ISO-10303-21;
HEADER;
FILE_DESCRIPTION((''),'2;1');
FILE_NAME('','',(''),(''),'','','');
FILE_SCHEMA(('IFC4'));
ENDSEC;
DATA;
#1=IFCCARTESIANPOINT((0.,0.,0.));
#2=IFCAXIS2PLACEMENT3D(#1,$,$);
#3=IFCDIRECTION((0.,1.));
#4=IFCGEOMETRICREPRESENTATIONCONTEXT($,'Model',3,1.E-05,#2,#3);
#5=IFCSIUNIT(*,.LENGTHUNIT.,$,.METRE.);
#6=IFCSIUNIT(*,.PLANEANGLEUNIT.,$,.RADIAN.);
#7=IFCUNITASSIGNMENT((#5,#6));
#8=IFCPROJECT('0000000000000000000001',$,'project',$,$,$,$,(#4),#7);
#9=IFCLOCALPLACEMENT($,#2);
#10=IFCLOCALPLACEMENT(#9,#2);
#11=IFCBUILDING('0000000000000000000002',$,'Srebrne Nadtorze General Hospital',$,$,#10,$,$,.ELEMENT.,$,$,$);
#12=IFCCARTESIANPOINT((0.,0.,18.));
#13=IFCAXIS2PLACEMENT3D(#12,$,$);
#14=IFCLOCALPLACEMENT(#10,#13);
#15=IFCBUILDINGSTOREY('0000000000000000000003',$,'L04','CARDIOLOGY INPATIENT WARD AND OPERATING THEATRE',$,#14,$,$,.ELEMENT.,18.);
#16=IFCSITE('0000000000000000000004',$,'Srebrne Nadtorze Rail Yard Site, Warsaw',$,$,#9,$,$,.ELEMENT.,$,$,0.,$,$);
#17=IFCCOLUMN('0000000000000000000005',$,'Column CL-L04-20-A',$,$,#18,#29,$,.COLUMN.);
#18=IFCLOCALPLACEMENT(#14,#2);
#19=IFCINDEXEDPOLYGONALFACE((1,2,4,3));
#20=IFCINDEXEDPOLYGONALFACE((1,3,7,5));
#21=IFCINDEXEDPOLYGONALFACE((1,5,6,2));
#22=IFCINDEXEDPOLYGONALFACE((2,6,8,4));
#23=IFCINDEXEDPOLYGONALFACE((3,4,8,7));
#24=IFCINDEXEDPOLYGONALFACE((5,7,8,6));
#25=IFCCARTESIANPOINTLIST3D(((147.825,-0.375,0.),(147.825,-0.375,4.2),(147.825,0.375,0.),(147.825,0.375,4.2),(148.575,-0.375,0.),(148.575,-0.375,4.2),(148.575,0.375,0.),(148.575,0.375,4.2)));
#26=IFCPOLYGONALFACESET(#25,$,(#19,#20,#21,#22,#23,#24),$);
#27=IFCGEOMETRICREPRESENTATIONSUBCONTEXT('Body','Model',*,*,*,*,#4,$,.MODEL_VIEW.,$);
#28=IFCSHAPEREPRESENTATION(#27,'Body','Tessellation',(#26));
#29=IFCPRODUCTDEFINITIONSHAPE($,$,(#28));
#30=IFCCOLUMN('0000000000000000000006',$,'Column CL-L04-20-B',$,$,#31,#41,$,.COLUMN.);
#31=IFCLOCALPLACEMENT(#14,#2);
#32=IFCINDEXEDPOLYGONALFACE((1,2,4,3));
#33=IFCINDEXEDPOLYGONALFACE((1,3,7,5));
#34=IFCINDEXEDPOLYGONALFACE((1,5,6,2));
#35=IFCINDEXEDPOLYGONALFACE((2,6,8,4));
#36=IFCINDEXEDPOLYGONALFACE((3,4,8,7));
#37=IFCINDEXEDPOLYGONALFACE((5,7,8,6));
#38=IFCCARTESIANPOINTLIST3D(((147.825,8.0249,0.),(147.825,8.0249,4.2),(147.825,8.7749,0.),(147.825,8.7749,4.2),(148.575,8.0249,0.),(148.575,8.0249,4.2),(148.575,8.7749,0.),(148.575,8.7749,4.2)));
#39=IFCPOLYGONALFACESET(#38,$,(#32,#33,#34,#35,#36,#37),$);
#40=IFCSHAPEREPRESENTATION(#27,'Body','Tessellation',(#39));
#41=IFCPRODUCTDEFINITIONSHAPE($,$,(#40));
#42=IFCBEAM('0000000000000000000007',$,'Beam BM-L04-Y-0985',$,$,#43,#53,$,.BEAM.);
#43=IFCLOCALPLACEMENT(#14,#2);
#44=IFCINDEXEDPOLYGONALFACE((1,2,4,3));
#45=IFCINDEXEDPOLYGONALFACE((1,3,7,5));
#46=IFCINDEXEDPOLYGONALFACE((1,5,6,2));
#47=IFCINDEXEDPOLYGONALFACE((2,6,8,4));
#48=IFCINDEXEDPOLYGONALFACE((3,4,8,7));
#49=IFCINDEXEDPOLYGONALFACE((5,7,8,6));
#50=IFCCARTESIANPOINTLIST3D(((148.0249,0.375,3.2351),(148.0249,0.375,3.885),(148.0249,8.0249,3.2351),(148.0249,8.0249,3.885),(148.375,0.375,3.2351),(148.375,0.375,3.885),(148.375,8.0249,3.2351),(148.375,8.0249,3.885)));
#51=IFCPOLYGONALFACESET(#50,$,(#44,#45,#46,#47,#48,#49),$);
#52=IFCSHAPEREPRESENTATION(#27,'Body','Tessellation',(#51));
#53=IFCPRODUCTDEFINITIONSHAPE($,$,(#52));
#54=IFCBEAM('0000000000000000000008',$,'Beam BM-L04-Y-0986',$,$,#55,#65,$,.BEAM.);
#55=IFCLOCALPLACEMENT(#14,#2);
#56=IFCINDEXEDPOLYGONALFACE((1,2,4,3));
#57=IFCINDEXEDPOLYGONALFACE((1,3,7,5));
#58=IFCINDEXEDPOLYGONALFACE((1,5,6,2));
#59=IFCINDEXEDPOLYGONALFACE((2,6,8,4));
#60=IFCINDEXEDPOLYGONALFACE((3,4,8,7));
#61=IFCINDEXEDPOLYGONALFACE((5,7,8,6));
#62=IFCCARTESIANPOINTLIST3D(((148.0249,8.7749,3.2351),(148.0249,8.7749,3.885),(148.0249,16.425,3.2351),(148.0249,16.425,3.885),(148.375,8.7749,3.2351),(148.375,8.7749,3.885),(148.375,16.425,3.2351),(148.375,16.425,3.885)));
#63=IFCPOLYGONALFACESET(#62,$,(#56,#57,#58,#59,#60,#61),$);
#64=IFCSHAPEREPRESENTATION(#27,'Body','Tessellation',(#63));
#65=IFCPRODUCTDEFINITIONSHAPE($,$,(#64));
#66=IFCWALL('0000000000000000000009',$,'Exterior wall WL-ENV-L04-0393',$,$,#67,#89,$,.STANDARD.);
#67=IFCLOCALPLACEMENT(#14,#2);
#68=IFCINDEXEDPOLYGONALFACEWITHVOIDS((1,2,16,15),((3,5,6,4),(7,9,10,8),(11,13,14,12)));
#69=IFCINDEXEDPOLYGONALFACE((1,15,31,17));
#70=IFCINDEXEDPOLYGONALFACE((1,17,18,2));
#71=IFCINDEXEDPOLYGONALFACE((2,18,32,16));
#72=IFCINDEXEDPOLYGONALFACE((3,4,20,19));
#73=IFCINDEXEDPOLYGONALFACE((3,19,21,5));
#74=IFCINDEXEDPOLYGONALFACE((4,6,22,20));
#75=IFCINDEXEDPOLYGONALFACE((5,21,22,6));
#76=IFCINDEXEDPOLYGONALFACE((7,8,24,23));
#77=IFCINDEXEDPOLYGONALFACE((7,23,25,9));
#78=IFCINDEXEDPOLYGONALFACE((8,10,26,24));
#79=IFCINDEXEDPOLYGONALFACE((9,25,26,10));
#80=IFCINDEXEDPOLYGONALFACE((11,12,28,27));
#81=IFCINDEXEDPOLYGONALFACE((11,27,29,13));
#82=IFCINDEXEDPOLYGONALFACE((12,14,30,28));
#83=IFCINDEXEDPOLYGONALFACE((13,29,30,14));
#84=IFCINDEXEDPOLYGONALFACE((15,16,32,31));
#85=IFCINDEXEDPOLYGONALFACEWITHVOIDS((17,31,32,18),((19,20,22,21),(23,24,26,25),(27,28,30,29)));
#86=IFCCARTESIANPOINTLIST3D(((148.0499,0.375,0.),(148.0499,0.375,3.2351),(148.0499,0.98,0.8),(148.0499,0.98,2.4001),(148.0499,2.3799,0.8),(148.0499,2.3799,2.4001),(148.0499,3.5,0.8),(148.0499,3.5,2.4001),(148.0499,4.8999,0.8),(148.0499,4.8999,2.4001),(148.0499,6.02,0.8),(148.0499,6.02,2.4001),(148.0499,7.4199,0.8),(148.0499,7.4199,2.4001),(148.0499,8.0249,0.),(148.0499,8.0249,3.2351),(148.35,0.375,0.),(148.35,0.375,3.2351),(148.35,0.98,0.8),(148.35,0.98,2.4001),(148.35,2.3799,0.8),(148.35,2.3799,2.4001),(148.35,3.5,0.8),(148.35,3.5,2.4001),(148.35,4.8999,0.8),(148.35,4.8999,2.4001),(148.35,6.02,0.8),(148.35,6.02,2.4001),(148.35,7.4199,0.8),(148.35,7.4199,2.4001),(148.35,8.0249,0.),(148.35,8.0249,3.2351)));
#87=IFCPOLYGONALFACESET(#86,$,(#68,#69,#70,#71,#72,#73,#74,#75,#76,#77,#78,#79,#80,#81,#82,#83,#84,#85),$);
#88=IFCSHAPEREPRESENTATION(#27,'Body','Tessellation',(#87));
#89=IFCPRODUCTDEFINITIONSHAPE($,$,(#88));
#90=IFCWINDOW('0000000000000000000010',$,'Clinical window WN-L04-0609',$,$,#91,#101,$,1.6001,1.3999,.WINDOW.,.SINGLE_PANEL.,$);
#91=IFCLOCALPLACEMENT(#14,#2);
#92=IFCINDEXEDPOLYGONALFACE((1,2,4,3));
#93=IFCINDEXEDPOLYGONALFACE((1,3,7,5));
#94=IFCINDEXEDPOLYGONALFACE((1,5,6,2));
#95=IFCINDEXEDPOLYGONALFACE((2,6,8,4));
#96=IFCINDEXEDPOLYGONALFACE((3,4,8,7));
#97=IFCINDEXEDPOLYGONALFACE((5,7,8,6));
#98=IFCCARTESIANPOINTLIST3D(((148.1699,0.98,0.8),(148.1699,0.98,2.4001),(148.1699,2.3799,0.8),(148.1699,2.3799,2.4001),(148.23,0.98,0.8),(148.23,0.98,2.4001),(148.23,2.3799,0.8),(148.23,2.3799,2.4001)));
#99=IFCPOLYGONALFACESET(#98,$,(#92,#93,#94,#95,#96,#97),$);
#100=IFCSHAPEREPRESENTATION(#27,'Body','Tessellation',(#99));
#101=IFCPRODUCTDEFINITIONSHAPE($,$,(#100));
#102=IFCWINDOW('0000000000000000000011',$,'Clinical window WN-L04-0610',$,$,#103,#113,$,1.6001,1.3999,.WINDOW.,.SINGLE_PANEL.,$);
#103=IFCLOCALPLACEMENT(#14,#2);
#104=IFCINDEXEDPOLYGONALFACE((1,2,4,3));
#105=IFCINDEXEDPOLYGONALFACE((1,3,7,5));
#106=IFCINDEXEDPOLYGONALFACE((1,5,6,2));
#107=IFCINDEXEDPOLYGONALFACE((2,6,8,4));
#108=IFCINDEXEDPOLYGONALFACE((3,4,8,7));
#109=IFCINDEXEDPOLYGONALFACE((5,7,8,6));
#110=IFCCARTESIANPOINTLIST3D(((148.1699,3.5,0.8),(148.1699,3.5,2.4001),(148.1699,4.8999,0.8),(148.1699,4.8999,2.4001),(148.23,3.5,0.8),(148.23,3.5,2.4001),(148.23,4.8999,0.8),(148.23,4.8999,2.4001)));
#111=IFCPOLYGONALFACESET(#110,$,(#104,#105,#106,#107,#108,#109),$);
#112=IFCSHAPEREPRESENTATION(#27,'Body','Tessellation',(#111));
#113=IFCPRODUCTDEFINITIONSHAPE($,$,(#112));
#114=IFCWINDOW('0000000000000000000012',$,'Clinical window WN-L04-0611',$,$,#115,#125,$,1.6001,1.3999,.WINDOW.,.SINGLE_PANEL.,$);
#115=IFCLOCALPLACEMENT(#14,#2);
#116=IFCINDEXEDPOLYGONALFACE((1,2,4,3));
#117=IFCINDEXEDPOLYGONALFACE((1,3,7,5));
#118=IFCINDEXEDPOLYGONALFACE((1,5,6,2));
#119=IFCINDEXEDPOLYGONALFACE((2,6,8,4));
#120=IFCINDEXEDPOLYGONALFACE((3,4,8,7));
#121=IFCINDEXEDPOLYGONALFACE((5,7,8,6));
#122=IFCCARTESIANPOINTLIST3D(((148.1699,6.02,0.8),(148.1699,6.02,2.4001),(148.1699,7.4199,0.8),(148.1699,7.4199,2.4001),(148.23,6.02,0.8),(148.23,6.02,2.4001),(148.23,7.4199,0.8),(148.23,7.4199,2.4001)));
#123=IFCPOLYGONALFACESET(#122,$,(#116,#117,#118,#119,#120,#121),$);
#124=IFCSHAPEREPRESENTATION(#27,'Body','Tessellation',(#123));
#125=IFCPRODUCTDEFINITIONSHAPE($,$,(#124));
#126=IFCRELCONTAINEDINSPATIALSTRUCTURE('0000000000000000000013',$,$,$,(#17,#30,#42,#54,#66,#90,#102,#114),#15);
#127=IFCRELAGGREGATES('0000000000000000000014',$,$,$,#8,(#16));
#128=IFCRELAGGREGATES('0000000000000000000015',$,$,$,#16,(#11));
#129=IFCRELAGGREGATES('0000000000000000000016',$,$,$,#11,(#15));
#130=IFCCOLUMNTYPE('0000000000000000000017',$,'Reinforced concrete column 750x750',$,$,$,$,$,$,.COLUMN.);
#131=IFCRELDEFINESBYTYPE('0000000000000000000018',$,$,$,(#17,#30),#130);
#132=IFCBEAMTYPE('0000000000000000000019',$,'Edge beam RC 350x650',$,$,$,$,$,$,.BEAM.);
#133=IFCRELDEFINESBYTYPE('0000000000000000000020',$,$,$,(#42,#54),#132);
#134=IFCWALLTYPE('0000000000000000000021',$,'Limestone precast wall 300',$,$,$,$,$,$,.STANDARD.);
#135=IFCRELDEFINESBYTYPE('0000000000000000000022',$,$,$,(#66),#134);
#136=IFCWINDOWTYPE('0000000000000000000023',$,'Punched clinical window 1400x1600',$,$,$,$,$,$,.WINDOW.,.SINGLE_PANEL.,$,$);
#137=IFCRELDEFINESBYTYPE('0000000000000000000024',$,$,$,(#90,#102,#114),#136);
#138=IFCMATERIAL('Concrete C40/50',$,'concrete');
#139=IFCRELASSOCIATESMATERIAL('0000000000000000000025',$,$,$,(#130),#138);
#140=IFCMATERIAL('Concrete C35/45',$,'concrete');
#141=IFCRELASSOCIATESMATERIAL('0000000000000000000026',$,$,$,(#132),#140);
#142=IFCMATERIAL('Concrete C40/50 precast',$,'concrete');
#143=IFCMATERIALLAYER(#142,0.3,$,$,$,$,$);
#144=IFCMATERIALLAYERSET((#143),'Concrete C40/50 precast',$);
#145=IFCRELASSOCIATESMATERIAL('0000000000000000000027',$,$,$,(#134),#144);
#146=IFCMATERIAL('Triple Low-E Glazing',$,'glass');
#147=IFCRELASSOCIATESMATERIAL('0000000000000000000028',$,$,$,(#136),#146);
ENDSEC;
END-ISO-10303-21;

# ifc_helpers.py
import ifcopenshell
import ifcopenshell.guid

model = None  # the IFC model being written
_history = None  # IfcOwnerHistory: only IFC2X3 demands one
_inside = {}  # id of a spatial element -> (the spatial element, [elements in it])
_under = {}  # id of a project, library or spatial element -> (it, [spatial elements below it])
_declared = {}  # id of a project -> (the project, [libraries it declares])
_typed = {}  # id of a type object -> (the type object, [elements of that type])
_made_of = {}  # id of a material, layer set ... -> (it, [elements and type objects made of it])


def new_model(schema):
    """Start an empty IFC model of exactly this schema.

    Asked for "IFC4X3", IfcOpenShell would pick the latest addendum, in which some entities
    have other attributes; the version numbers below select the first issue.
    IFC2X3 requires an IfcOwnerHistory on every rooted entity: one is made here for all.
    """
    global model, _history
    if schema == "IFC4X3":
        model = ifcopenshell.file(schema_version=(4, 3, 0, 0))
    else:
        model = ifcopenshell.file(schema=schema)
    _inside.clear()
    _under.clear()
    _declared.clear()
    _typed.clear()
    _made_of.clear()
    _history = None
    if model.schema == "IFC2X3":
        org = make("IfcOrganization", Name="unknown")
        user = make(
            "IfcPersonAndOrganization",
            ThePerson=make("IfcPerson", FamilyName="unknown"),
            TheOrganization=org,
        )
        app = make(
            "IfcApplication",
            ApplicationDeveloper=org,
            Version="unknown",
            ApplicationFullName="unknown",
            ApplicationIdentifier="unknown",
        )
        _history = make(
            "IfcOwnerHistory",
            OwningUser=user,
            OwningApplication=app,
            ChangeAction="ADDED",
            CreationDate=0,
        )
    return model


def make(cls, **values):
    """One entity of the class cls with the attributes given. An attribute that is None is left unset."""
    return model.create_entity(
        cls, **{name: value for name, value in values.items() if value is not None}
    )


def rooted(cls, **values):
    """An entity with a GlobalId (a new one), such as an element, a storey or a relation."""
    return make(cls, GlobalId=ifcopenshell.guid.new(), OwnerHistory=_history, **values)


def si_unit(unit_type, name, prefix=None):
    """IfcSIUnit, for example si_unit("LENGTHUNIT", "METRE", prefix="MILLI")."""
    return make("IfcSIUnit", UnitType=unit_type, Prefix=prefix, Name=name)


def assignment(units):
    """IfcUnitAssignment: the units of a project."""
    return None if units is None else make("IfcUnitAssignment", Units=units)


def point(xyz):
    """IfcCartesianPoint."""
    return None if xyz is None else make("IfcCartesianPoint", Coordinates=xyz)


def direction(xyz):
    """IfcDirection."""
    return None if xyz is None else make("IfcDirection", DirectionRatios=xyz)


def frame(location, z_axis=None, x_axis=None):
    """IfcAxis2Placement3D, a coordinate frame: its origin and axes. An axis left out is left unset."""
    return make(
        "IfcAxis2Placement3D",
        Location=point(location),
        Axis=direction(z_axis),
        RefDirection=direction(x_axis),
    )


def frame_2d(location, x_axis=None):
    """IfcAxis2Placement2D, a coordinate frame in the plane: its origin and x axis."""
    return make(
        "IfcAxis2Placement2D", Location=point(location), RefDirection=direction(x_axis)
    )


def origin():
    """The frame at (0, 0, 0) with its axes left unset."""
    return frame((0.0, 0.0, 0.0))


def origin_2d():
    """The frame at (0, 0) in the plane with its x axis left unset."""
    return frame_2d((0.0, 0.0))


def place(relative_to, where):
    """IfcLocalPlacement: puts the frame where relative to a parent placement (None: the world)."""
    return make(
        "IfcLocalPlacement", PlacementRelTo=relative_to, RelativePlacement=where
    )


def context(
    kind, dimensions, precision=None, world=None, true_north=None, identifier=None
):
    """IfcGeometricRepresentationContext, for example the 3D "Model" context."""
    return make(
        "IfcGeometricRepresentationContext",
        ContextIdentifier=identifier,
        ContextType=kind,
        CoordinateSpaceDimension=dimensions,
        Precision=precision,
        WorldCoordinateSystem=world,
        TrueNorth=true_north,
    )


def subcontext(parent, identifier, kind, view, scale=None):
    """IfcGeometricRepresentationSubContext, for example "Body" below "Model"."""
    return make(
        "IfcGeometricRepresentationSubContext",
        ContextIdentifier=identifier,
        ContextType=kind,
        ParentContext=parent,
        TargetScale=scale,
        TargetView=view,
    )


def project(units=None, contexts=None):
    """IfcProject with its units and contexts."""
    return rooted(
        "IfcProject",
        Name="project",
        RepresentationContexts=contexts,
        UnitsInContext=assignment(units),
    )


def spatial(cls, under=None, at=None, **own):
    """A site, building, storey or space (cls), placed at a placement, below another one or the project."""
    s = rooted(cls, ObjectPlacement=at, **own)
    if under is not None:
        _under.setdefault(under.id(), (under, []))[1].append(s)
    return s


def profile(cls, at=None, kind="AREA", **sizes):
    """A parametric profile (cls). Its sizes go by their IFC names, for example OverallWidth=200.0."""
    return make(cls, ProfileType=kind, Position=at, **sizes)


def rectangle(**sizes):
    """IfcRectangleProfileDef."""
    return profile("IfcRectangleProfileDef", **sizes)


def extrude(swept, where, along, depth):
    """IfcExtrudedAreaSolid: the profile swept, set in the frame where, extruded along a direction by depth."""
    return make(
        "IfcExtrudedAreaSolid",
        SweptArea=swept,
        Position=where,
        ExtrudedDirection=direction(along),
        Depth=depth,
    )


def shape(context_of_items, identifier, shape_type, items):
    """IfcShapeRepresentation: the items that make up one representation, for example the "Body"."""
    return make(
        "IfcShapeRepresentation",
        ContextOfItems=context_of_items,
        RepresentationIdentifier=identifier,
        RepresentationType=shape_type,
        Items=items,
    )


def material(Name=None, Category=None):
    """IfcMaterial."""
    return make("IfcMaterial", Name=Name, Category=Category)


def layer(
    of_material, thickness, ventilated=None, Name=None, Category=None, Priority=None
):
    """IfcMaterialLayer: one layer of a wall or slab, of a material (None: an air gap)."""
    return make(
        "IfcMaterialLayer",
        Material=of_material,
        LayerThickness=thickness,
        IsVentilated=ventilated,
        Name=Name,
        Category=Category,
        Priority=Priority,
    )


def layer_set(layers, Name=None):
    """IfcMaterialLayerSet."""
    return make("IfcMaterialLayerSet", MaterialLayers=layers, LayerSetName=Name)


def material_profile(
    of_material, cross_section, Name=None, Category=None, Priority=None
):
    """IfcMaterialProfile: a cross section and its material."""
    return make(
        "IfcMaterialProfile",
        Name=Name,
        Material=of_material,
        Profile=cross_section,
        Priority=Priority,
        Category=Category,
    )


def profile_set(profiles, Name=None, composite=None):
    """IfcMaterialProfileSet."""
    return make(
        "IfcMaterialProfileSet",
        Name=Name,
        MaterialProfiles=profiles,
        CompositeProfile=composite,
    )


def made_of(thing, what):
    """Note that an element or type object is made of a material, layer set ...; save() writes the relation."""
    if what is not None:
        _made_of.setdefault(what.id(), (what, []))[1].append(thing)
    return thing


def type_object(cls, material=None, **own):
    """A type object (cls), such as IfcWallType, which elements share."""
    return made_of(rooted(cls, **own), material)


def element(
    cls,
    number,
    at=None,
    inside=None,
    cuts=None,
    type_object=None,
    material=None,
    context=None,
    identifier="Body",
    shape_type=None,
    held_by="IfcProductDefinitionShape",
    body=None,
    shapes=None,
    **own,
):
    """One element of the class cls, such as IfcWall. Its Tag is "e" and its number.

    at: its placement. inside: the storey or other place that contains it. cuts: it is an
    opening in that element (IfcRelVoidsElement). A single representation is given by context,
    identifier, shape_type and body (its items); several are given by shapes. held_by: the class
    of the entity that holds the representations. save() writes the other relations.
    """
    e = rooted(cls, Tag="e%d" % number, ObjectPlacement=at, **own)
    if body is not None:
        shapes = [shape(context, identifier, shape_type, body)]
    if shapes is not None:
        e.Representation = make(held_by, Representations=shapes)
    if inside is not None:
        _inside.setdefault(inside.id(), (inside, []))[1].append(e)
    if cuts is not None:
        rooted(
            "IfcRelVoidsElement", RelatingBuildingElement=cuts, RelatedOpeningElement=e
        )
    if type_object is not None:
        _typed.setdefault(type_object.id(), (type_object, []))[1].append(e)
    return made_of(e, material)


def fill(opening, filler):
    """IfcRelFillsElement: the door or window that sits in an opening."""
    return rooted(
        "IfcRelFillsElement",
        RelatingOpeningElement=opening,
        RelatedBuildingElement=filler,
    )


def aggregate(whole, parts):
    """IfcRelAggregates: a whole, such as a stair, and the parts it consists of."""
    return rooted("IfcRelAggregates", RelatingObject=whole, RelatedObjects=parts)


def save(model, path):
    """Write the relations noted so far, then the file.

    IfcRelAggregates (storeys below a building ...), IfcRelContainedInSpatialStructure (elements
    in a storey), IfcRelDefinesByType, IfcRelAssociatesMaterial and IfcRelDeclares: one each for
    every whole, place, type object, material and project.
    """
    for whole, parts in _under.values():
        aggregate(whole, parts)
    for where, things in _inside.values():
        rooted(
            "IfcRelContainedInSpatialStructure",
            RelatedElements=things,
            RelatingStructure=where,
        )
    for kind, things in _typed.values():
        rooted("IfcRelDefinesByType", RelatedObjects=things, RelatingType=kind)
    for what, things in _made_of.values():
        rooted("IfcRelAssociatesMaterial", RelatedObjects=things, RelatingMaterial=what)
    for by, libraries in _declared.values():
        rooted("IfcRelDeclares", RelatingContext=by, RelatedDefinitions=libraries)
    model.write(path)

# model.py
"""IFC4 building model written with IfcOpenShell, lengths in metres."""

from ifc_helpers import new_model, si_unit, direction, frame, frame_2d, origin, origin_2d, place, context, subcontext, project, spatial, rectangle, extrude, material, layer, layer_set, material_profile, profile_set, type_object, element, fill, save


model = new_model("IFC4")

# Units and contexts
model_context = context("Model", 3, precision=1e-05, world=origin(), true_north=direction((0.0, 1.0)))
body_context = subcontext(model_context, "Body", "Model", "MODEL_VIEW")
ifc_project = project(units=[si_unit("LENGTHUNIT", "METRE"), si_unit("PLANEANGLEUNIT", "RADIAN")], contexts=[model_context])

# Site, building, storey
site_placement = place(None, origin())
site = spatial("IfcSite", under=ifc_project, at=site_placement, Name="Srebrne Nadtorze Rail Yard Site, Warsaw", CompositionType="ELEMENT", RefElevation=0.0)
building_placement = place(site_placement, origin())
building = spatial("IfcBuilding", under=site, at=building_placement, Name="Srebrne Nadtorze General Hospital", CompositionType="ELEMENT")
storey_placement = place(building_placement, frame((0.0, 0.0, 18.0)))
storey = spatial("IfcBuildingStorey", under=building, at=storey_placement, Name="L04", Description="CARDIOLOGY INPATIENT WARD AND OPERATING THEATRE", CompositionType="ELEMENT", Elevation=18.0)

# Columns
ifc_material_1 = material(Name="Concrete C40/50", Category="concrete")
ifc_material_profile_1 = material_profile(ifc_material_1, rectangle(XDim=0.75, YDim=0.75, at=origin_2d()), Name="RC-COL-750x750")
ifc_profile_set_1 = profile_set([ifc_material_profile_1], Name="Concrete C40/50")
column_type = type_object("IfcColumnType", Name="Reinforced concrete column 750x750", PredefinedType="COLUMN", material=ifc_profile_set_1)
for number, where, z_axis, x_axis, name in (
    (1, (148.2, 0.0, 0.0), (0.0, 0.0, 1.0), (1.0, 0.0, 0.0), "Column CL-L04-20-A"),
    (2, (148.2, 8.3999, 0.0), (0.0, 0.0, 1.0), (1.0, 0.0, 0.0), "Column CL-L04-20-B"),
):
    element("IfcColumn", number, at=place(storey_placement, frame(where, z_axis=z_axis, x_axis=x_axis)), inside=storey, type_object=column_type, Name=name, PredefinedType="COLUMN", context=body_context, shape_type="SweptSolid", body=[
        extrude(rectangle(XDim=0.75, YDim=0.75, at=origin_2d()), origin(), (0.0, 0.0, 1.0), 4.2),
    ])

# Beams
ifc_material_2 = material(Name="Concrete C35/45", Category="concrete")
ifc_material_profile_2 = material_profile(ifc_material_2, rectangle(XDim=0.3501, YDim=0.6499, at=origin_2d()), Name="RC-BM-350x650")
ifc_profile_set_2 = profile_set([ifc_material_profile_2], Name="Concrete C35/45")
beam_type = type_object("IfcBeamType", Name="Edge beam RC 350x650", PredefinedType="BEAM", material=ifc_profile_set_2)
beam_1_placement = place(storey_placement, frame((148.2, 0.375, 3.5601), z_axis=(0.0, 1.0, 0.0), x_axis=(-1.0, 0.0, 0.0)))
element("IfcBeam", 3, at=beam_1_placement, inside=storey, type_object=beam_type, Name="Beam BM-L04-Y-0985", PredefinedType="BEAM", context=body_context, shape_type="SweptSolid", body=[
    extrude(rectangle(XDim=0.3501, YDim=0.6499, at=origin_2d()), origin(), (0.0, 0.0, 1.0), 7.6499),
])
beam_2_placement = place(storey_placement, frame((148.2, 8.7749, 3.5601), z_axis=(0.0, 1.0, 0.0), x_axis=(-1.0, 0.0, 0.0)))
element("IfcBeam", 4, at=beam_2_placement, inside=storey, type_object=beam_type, Name="Beam BM-L04-Y-0986", PredefinedType="BEAM", context=body_context, shape_type="SweptSolid", body=[
    extrude(rectangle(XDim=0.3501, YDim=0.6499, at=origin_2d()), origin(), (0.0, 0.0, 1.0), 7.6501),
])

# Wall, openings, windows
ifc_material_3 = material(Name="Concrete C40/50 precast", Category="concrete")
ifc_layer_1 = layer(ifc_material_3, 0.3)
ifc_layer_set_1 = layer_set([ifc_layer_1], Name="Concrete C40/50 precast")
wall_type_1 = type_object("IfcWallType", Name="Limestone precast wall 300", PredefinedType="STANDARD", material=ifc_layer_set_1)
wall_1_placement = place(storey_placement, frame((148.2, 0.375, 0.0), z_axis=(0.0, 0.0, 1.0), x_axis=(0.0, 1.0, 0.0)))
wall_1 = element("IfcWall", 5, at=wall_1_placement, inside=storey, type_object=wall_type_1, Name="Exterior wall WL-ENV-L04-0393", PredefinedType="STANDARD", context=body_context, shape_type="SweptSolid", body=[
    extrude(rectangle(XDim=7.6499, YDim=0.3, at=frame_2d((3.825, 0.0))), origin(), (0.0, 0.0, 1.0), 3.2351),
])
opening_1_placement = place(wall_1_placement, frame((0.605, 0.0, 0.8)))
opening_1 = element("IfcOpeningElement", 6, at=opening_1_placement, cuts=wall_1, PredefinedType="OPENING", context=body_context, shape_type="SweptSolid", body=[
    extrude(rectangle(XDim=1.3999, YDim=1.6001, at=frame_2d((0.7, 0.8))), frame((0.0, 0.1621, 0.0), z_axis=(0.0, -1.0, 0.0), x_axis=(1.0, 0.0, 0.0)), (0.0, 0.0, 1.0), 0.324),
])
opening_2_placement = place(wall_1_placement, frame((3.125, 0.0, 0.8)))
opening_2 = element("IfcOpeningElement", 7, at=opening_2_placement, cuts=wall_1, PredefinedType="OPENING", context=body_context, shape_type="SweptSolid", body=[
    extrude(rectangle(XDim=1.3999, YDim=1.6001, at=frame_2d((0.7, 0.8))), frame((0.0, 0.1621, 0.0), z_axis=(0.0, -1.0, 0.0), x_axis=(1.0, 0.0, 0.0)), (0.0, 0.0, 1.0), 0.324),
])
opening_3_placement = place(wall_1_placement, frame((5.645, 0.0, 0.8)))
opening_3 = element("IfcOpeningElement", 8, at=opening_3_placement, cuts=wall_1, PredefinedType="OPENING", context=body_context, shape_type="SweptSolid", body=[
    extrude(rectangle(XDim=1.3999, YDim=1.6001, at=frame_2d((0.7, 0.8))), frame((0.0, 0.1621, 0.0), z_axis=(0.0, -1.0, 0.0), x_axis=(1.0, 0.0, 0.0)), (0.0, 0.0, 1.0), 0.324),
])
ifc_material_4 = material(Name="Triple Low-E Glazing", Category="glass")
window_type_1 = type_object("IfcWindowType", Name="Punched clinical window 1400x1600", PartitioningType="SINGLE_PANEL", PredefinedType="WINDOW", material=ifc_material_4)
window_1_placement = place(opening_1_placement, origin())
window_1 = element("IfcWindow", 9, at=window_1_placement, inside=storey, type_object=window_type_1, Name="Clinical window WN-L04-0609", OverallHeight=1.6001, OverallWidth=1.3999, PartitioningType="SINGLE_PANEL", PredefinedType="WINDOW", context=body_context, shape_type="SweptSolid", body=[
    extrude(rectangle(XDim=1.3999, YDim=1.6001, at=frame_2d((0.7, 0.8))), frame((0.0, 0.03, 0.0), z_axis=(0.0, -1.0, 0.0), x_axis=(1.0, 0.0, 0.0)), (0.0, 0.0, 1.0), 0.0601),
])
fill(opening_1, window_1)
window_2_placement = place(opening_2_placement, origin())
window_2 = element("IfcWindow", 10, at=window_2_placement, inside=storey, type_object=window_type_1, Name="Clinical window WN-L04-0610", OverallHeight=1.6001, OverallWidth=1.3999, PartitioningType="SINGLE_PANEL", PredefinedType="WINDOW", context=body_context, shape_type="SweptSolid", body=[
    extrude(rectangle(XDim=1.3999, YDim=1.6001, at=frame_2d((0.7, 0.8))), frame((0.0, 0.03, 0.0), z_axis=(0.0, -1.0, 0.0), x_axis=(1.0, 0.0, 0.0)), (0.0, 0.0, 1.0), 0.0601),
])
fill(opening_2, window_2)
window_3_placement = place(opening_3_placement, origin())
window_3 = element("IfcWindow", 11, at=window_3_placement, inside=storey, type_object=window_type_1, Name="Clinical window WN-L04-0611", OverallHeight=1.6001, OverallWidth=1.3999, PartitioningType="SINGLE_PANEL", PredefinedType="WINDOW", context=body_context, shape_type="SweptSolid", body=[
    extrude(rectangle(XDim=1.3999, YDim=1.6001, at=frame_2d((0.7, 0.8))), frame((0.0, 0.03, 0.0), z_axis=(0.0, -1.0, 0.0), x_axis=(1.0, 0.0, 0.0)), (0.0, 0.0, 1.0), 0.0601),
])
fill(opening_3, window_3)

save(model, "model.ifc")
